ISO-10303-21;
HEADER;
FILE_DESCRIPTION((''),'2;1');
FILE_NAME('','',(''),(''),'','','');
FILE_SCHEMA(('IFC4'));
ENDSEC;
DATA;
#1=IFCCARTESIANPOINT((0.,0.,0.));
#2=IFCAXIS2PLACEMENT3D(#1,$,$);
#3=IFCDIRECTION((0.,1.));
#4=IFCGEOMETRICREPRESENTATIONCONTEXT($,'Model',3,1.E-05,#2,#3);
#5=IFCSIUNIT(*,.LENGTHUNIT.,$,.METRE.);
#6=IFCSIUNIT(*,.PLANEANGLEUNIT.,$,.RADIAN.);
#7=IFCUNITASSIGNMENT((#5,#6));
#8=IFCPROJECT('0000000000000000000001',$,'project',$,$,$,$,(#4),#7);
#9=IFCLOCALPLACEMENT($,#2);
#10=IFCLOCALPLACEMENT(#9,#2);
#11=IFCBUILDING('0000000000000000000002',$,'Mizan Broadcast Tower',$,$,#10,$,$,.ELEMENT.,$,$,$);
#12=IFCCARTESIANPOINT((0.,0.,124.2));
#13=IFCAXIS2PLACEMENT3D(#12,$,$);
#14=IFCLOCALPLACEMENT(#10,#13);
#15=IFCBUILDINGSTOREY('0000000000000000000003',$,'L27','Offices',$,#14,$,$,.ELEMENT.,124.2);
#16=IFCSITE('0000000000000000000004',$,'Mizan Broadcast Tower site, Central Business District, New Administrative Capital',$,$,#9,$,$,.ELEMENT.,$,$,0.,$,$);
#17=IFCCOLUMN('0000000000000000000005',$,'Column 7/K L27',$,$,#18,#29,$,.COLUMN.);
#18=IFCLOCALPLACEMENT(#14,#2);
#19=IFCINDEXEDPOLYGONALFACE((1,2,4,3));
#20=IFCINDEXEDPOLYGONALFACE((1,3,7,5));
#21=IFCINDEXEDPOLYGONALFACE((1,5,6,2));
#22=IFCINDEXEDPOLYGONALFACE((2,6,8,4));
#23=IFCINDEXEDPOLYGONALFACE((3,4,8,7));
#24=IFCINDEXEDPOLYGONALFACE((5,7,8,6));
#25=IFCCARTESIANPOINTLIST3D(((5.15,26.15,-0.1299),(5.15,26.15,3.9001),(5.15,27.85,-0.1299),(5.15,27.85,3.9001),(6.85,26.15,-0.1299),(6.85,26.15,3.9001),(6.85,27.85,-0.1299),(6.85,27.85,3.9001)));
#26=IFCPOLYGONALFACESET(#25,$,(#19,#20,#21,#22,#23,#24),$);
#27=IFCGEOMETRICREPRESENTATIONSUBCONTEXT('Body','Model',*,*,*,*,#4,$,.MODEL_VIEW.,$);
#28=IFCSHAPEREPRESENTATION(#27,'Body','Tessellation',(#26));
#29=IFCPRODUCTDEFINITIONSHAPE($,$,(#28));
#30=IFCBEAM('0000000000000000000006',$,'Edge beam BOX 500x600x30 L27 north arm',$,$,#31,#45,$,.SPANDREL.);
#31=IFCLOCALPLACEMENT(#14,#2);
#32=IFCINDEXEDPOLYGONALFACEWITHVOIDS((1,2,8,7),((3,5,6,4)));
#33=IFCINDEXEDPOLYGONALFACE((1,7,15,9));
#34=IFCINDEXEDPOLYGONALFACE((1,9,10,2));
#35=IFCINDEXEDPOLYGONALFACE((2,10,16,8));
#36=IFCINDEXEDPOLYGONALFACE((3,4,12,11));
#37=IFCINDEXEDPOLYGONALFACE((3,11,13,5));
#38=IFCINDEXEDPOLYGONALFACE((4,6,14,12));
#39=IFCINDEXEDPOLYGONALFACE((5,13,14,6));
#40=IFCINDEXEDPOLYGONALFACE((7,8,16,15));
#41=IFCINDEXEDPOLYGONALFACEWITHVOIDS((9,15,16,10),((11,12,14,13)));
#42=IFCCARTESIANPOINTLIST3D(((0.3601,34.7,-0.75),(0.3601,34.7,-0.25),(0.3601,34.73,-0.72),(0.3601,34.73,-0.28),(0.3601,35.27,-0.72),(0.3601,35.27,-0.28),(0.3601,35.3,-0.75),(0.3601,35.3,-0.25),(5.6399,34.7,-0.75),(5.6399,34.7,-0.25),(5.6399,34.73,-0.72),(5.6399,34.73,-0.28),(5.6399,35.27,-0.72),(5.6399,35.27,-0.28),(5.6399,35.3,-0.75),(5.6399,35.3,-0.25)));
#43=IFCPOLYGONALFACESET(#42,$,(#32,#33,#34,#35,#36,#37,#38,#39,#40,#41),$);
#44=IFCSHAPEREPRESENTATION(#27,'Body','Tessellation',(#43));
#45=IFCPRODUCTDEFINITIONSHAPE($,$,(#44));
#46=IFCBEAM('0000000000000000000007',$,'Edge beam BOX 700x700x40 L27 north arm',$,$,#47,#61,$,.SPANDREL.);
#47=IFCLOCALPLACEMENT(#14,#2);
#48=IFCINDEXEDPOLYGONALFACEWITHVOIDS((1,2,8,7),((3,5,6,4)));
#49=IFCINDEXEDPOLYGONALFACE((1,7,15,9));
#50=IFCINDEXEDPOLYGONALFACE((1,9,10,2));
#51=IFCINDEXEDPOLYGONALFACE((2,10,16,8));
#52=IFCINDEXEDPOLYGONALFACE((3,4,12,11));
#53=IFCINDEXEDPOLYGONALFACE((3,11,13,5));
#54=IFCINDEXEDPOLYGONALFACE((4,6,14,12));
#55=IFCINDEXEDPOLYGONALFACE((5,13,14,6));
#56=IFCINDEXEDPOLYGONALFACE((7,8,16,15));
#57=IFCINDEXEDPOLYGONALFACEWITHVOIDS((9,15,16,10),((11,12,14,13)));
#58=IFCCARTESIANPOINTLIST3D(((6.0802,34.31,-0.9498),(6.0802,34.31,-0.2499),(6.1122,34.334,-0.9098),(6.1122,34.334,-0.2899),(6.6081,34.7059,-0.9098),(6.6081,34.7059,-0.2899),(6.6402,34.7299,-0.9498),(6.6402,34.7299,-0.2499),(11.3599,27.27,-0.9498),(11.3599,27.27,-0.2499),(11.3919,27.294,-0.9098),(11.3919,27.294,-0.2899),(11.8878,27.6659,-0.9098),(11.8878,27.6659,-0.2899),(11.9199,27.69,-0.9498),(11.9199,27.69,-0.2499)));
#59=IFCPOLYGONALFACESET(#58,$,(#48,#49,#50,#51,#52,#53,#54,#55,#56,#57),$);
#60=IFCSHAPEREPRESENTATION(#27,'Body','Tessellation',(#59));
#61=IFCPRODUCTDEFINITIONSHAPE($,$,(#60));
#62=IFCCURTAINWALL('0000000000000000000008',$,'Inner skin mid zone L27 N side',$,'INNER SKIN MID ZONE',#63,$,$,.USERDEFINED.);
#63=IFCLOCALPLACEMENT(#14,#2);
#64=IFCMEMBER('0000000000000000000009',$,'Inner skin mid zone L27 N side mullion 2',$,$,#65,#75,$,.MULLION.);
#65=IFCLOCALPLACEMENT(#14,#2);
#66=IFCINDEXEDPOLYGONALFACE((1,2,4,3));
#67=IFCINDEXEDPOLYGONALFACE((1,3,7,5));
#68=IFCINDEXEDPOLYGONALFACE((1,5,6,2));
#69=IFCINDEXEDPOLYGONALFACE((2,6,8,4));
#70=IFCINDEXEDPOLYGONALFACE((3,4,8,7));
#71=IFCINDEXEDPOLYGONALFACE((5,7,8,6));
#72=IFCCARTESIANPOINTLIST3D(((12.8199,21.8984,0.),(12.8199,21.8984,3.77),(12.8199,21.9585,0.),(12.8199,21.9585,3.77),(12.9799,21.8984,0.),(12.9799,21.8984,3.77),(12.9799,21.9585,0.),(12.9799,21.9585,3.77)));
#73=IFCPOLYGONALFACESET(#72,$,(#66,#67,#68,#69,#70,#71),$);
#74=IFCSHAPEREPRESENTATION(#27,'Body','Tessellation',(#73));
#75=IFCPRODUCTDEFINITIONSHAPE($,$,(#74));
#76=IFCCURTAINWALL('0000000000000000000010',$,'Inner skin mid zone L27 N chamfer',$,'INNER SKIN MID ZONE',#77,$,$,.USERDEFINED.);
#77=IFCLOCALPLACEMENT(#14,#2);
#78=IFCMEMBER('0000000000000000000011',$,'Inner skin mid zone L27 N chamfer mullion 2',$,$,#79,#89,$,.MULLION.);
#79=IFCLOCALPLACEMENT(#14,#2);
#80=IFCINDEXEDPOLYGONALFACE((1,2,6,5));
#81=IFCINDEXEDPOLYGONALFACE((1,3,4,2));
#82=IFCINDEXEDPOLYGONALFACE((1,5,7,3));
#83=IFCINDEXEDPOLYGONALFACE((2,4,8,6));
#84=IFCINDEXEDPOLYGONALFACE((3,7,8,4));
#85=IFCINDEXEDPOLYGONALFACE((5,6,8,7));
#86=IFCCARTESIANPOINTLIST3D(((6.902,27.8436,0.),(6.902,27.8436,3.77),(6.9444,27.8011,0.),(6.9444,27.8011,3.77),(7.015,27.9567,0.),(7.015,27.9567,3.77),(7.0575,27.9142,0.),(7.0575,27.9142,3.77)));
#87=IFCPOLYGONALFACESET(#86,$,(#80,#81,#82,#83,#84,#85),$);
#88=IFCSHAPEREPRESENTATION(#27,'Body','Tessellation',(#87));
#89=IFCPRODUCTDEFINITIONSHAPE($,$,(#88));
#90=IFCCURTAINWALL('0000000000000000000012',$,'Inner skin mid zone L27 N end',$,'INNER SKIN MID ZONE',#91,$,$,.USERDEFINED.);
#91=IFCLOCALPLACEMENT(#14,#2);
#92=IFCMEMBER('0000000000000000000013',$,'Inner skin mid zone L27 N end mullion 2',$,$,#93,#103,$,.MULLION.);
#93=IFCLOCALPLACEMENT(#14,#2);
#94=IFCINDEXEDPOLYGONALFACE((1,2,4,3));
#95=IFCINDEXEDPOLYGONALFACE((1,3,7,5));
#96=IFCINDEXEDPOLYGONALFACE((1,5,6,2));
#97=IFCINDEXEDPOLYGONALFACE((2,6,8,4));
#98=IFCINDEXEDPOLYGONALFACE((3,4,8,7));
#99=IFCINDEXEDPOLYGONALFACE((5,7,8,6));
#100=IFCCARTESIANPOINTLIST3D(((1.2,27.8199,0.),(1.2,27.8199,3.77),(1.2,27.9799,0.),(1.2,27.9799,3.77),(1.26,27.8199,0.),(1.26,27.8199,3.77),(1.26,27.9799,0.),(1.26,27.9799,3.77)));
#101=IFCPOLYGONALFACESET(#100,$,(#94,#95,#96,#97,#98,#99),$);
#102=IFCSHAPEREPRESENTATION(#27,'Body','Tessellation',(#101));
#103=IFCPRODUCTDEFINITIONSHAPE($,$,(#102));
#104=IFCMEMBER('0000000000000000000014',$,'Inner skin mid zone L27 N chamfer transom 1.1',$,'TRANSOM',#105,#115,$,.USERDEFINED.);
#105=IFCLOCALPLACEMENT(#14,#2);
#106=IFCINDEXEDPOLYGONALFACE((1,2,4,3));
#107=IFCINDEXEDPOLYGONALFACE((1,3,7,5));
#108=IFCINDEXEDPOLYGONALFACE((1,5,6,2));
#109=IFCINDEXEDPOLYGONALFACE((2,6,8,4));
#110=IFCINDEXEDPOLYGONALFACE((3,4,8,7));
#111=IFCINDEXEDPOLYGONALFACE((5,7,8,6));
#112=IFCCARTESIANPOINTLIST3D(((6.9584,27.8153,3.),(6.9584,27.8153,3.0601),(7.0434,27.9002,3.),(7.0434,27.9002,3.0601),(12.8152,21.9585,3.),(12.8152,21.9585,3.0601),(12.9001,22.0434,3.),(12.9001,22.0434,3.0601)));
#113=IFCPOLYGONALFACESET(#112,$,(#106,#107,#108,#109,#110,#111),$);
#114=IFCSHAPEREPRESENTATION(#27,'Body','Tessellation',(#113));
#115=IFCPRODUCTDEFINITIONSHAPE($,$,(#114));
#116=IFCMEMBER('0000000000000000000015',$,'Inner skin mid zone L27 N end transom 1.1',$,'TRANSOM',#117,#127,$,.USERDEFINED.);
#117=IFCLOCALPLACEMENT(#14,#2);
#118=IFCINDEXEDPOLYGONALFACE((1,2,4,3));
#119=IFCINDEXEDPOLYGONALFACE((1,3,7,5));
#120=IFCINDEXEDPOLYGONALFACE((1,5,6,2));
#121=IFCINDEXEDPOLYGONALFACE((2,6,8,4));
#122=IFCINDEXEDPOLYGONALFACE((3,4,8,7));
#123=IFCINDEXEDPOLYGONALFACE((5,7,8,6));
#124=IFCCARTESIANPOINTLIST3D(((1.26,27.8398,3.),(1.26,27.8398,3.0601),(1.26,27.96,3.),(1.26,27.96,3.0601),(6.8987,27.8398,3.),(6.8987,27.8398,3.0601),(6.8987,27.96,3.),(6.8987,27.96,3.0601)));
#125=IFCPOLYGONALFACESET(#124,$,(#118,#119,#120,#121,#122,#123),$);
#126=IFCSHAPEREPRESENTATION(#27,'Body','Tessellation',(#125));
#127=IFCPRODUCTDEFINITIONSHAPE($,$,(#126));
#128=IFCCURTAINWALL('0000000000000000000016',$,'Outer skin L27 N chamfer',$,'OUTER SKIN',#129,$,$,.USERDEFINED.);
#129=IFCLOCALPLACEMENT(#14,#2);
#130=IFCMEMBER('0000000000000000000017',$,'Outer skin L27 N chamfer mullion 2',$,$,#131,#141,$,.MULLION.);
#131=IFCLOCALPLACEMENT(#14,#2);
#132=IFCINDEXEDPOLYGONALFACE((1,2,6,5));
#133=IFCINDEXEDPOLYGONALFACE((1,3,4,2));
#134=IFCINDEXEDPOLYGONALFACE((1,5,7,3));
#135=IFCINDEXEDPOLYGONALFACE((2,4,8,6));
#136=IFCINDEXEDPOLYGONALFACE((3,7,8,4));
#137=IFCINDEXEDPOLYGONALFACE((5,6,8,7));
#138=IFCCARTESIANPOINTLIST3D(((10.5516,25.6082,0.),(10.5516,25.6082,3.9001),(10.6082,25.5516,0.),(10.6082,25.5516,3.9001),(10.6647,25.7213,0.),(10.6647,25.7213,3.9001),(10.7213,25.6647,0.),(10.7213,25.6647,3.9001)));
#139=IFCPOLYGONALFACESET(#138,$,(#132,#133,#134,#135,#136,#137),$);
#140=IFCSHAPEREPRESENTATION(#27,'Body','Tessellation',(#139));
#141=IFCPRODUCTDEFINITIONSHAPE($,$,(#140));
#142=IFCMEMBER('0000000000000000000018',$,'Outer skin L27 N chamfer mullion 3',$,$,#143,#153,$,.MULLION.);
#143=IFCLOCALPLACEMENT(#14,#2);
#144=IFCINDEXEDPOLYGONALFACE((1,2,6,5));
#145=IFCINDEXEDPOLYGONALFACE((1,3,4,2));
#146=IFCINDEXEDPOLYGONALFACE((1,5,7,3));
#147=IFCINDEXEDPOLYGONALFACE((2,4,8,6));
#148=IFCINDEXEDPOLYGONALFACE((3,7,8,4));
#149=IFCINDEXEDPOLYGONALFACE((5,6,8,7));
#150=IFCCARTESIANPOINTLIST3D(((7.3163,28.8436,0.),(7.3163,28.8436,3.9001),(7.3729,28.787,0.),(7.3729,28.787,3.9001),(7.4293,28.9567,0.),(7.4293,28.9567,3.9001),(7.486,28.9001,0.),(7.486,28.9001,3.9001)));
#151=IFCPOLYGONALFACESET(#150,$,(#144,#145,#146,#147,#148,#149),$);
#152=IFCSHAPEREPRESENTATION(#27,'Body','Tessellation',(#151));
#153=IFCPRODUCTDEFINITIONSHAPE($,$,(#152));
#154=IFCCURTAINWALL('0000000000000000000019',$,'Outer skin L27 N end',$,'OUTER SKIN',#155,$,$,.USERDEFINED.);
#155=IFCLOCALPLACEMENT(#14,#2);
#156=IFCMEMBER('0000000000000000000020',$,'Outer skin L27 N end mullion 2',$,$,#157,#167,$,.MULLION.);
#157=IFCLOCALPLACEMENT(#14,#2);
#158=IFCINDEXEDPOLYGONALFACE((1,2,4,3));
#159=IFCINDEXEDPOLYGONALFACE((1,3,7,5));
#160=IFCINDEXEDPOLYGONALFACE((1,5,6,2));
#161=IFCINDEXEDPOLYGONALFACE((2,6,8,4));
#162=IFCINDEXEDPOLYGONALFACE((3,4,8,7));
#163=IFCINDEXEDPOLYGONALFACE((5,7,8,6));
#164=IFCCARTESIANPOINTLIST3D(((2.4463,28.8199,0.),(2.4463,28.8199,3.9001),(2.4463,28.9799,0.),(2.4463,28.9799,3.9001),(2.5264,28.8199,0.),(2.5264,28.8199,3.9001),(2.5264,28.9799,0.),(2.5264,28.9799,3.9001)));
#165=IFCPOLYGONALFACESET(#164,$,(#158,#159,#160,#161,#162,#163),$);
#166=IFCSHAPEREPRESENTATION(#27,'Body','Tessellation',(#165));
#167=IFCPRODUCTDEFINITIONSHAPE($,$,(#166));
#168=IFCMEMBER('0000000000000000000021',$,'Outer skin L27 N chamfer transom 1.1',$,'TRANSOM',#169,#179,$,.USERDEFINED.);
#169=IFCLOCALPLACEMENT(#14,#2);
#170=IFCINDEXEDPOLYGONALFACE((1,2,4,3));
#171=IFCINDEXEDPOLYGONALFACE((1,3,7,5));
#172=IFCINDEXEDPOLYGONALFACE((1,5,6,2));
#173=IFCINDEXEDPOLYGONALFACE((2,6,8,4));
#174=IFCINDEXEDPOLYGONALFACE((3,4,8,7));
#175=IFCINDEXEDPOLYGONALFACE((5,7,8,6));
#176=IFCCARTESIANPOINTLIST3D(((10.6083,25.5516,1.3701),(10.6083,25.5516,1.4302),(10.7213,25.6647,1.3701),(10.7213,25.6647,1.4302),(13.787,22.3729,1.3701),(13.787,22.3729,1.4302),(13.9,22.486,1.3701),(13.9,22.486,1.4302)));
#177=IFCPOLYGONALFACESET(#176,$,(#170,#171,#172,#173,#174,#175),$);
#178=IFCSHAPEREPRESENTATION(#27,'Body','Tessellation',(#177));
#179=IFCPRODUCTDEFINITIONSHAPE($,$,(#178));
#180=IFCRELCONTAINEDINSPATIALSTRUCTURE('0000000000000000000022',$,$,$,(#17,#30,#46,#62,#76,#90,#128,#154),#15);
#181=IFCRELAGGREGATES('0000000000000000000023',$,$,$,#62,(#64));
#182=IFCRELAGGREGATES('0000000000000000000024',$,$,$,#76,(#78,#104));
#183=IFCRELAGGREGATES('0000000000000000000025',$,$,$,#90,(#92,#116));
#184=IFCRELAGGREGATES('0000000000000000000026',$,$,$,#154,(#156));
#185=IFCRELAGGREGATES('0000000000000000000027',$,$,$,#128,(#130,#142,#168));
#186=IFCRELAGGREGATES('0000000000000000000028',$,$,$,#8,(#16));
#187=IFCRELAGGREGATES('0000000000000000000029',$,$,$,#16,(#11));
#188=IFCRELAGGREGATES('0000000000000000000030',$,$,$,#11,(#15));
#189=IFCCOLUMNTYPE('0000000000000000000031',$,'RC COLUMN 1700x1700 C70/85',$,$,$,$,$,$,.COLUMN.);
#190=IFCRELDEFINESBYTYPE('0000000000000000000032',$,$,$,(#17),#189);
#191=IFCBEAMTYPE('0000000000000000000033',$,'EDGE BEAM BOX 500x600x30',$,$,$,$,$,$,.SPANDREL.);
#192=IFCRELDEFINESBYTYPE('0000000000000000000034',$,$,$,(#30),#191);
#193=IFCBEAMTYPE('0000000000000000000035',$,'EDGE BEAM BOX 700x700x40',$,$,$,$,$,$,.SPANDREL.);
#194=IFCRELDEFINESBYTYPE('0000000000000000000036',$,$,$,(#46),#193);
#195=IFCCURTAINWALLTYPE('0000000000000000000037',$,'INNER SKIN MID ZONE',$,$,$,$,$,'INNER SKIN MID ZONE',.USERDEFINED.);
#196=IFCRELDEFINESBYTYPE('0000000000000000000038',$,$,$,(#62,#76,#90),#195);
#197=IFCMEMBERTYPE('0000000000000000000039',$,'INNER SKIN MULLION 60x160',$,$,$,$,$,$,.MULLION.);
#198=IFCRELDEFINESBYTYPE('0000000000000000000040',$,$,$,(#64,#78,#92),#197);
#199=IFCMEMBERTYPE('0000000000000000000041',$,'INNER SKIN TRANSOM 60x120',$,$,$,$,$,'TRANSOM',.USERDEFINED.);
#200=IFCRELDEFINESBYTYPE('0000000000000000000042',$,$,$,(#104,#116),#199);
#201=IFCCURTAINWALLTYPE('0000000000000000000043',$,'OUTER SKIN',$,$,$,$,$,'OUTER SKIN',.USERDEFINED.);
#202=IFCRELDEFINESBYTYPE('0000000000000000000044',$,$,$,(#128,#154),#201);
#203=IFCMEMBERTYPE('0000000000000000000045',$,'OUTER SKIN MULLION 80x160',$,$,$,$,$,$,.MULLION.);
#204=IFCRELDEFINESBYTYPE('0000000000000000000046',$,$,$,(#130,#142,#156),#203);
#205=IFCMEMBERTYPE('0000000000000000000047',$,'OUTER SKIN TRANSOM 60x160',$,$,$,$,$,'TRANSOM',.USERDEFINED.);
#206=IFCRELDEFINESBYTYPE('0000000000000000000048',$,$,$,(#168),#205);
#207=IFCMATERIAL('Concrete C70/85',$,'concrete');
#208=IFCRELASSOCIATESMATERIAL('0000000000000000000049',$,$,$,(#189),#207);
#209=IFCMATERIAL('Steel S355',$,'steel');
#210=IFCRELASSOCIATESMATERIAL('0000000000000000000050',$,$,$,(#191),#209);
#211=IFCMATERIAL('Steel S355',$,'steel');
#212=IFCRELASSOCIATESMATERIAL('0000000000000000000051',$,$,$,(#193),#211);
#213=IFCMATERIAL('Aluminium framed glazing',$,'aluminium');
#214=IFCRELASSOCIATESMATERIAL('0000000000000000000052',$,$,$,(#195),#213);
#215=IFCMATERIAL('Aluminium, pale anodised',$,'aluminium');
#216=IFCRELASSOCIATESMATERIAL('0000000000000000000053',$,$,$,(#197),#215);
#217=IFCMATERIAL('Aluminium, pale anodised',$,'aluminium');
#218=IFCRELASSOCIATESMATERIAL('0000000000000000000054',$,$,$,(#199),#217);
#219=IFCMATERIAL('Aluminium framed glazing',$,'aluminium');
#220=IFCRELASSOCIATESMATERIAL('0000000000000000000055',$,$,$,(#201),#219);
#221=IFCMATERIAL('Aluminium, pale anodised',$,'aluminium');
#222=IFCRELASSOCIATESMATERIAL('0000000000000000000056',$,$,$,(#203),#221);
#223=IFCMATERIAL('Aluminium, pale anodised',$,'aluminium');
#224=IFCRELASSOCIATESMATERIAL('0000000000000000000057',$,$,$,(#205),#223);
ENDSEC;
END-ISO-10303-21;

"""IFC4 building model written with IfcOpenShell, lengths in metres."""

from ifc_helpers import new_model, si_unit, direction, frame, origin, origin_2d, place, context, subcontext, project, spatial, rectangle, hollow_rectangle, extrude, material, material_profile, profile_set, type_object, element, aggregate, save


model = new_model("IFC4")

# Units and contexts
model_context = context("Model", 3, precision=1e-05, world=origin(), true_north=direction((0.0, 1.0)))
body_context = subcontext(model_context, "Body", "Model", "MODEL_VIEW")
ifc_project = project(units=[si_unit("LENGTHUNIT", "METRE"), si_unit("PLANEANGLEUNIT", "RADIAN")], contexts=[model_context])

# Site, building, storey
site_placement = place(None, origin())
site = spatial("IfcSite", under=ifc_project, at=site_placement, Name="Mizan Broadcast Tower site, Central Business District, New Administrative Capital", CompositionType="ELEMENT", RefElevation=0.0)
building_placement = place(site_placement, origin())
building = spatial("IfcBuilding", under=site, at=building_placement, Name="Mizan Broadcast Tower", CompositionType="ELEMENT")
storey_placement = place(building_placement, frame((0.0, 0.0, 124.2)))
storey = spatial("IfcBuildingStorey", under=building, at=storey_placement, Name="L27", Description="Offices", CompositionType="ELEMENT", Elevation=124.2)

# Column
ifc_material_1 = material(Name="Concrete C70/85", Category="concrete")
ifc_material_profile_1 = material_profile(ifc_material_1, rectangle(XDim=1.7, YDim=1.7, at=origin_2d()), Name="RC 1700x1700")
ifc_profile_set_1 = profile_set([ifc_material_profile_1], Name="Concrete C70/85")
column_type = type_object("IfcColumnType", Name="RC COLUMN 1700x1700 C70/85", PredefinedType="COLUMN", material=ifc_profile_set_1)
column_placement = place(storey_placement, frame((6.0, 27.0, -0.1299), z_axis=(0.0, 0.0, 1.0), x_axis=(1.0, 0.0, 0.0)))
element("IfcColumn", 1, at=column_placement, inside=storey, type_object=column_type, Name="Column 7/K L27", PredefinedType="COLUMN", context=body_context, shape_type="SweptSolid", body=[
    extrude(rectangle(XDim=1.7, YDim=1.7, at=origin_2d()), origin(), (0.0, 0.0, 1.0), 4.03),
])

# Beams
ifc_material_2 = material(Name="Steel S355", Category="steel")
ifc_material_profile_2 = material_profile(ifc_material_2, hollow_rectangle(XDim=0.6001, YDim=0.5, WallThickness=0.03, at=origin_2d()), Name="BOX 500x600x30")
ifc_profile_set_2 = profile_set([ifc_material_profile_2], Name="Steel S355")
beam_type_1 = type_object("IfcBeamType", Name="EDGE BEAM BOX 500x600x30", PredefinedType="SPANDREL", material=ifc_profile_set_2)
beam_1_placement = place(storey_placement, frame((5.6399, 35.0, -0.5), z_axis=(-1.0, 0.0, 0.0), x_axis=(0.0, -1.0, 0.0)))
element("IfcBeam", 2, at=beam_1_placement, inside=storey, type_object=beam_type_1, Name="Edge beam BOX 500x600x30 L27 north arm", PredefinedType="SPANDREL", context=body_context, shape_type="SweptSolid", body=[
    extrude(hollow_rectangle(XDim=0.6001, YDim=0.5, WallThickness=0.03, at=origin_2d()), origin(), (0.0, 0.0, 1.0), 5.2798),
])
ifc_material_3 = material(Name="Steel S355", Category="steel")
ifc_material_profile_3 = material_profile(ifc_material_3, hollow_rectangle(XDim=0.7, YDim=0.7, WallThickness=0.04, at=origin_2d()), Name="BOX 700x700x40")
ifc_profile_set_3 = profile_set([ifc_material_profile_3], Name="Steel S355")
beam_type_2 = type_object("IfcBeamType", Name="EDGE BEAM BOX 700x700x40", PredefinedType="SPANDREL", material=ifc_profile_set_3)
beam_2_placement = place(storey_placement, frame((11.6399, 27.48, -0.5999), z_axis=(-0.599982, 0.800013, 0.0), x_axis=(-0.800013, -0.599982, 0.0)))
element("IfcBeam", 3, at=beam_2_placement, inside=storey, type_object=beam_type_2, Name="Edge beam BOX 700x700x40 L27 north arm", PredefinedType="SPANDREL", context=body_context, shape_type="SweptSolid", body=[
    extrude(hollow_rectangle(XDim=0.7, YDim=0.7, WallThickness=0.04, at=origin_2d()), origin(), (0.0, 0.0, 1.0), 8.7998),
])

# Curtain walls, members
ifc_material_4 = material(Name="Aluminium framed glazing", Category="aluminium")
curtain_wall_type_1 = type_object("IfcCurtainWallType", Name="INNER SKIN MID ZONE", ElementType="INNER SKIN MID ZONE", PredefinedType="USERDEFINED", material=ifc_material_4)
curtain_wall_1_placement = place(storey_placement, origin())
curtain_wall_1 = element("IfcCurtainWall", 4, at=curtain_wall_1_placement, inside=storey, type_object=curtain_wall_type_1, Name="Inner skin mid zone L27 N side", ObjectType="INNER SKIN MID ZONE", PredefinedType="USERDEFINED")
ifc_material_5 = material(Name="Aluminium, pale anodised", Category="aluminium")
ifc_material_profile_4 = material_profile(ifc_material_5, rectangle(XDim=0.1599, YDim=0.0601, at=origin_2d()), Name="MULLION 160x60")
ifc_profile_set_4 = profile_set([ifc_material_profile_4], Name="Aluminium, pale anodised")
member_type_1 = type_object("IfcMemberType", Name="INNER SKIN MULLION 60x160", PredefinedType="MULLION", material=ifc_profile_set_4)
member_1_placement = place(storey_placement, frame((12.8999, 21.9285, 0.0), z_axis=(0.0, 0.0, 1.0), x_axis=(-1.0, 0.0, 0.0)))
member_1 = element("IfcMember", 5, at=member_1_placement, type_object=member_type_1, Name="Inner skin mid zone L27 N side mullion 2", PredefinedType="MULLION", context=body_context, shape_type="SweptSolid", body=[
    extrude(rectangle(XDim=0.1599, YDim=0.0601, at=origin_2d()), origin(), (0.0, 0.0, 1.0), 3.77),
])
curtain_wall_2_placement = place(storey_placement, origin())
curtain_wall_2 = element("IfcCurtainWall", 6, at=curtain_wall_2_placement, inside=storey, type_object=curtain_wall_type_1, Name="Inner skin mid zone L27 N chamfer", ObjectType="INNER SKIN MID ZONE", PredefinedType="USERDEFINED")
member_2_placement = place(storey_placement, frame((6.9797, 27.8789, 0.0), z_axis=(0.0, 0.0, 1.0), x_axis=(-0.707107, -0.707107, 0.0)))
member_2 = element("IfcMember", 7, at=member_2_placement, type_object=member_type_1, Name="Inner skin mid zone L27 N chamfer mullion 2", PredefinedType="MULLION", context=body_context, shape_type="SweptSolid", body=[
    extrude(rectangle(XDim=0.1599, YDim=0.0601, at=origin_2d()), origin(), (0.0, 0.0, 1.0), 3.77),
])
curtain_wall_3_placement = place(storey_placement, origin())
curtain_wall_3 = element("IfcCurtainWall", 8, at=curtain_wall_3_placement, inside=storey, type_object=curtain_wall_type_1, Name="Inner skin mid zone L27 N end", ObjectType="INNER SKIN MID ZONE", PredefinedType="USERDEFINED")
member_3_placement = place(storey_placement, frame((1.23, 27.8999, 0.0), z_axis=(0.0, 0.0, 1.0), x_axis=(0.0, -1.0, 0.0)))
member_3 = element("IfcMember", 9, at=member_3_placement, type_object=member_type_1, Name="Inner skin mid zone L27 N end mullion 2", PredefinedType="MULLION", context=body_context, shape_type="SweptSolid", body=[
    extrude(rectangle(XDim=0.1599, YDim=0.0601, at=origin_2d()), origin(), (0.0, 0.0, 1.0), 3.77),
])

# Members
ifc_material_6 = material(Name="Aluminium, pale anodised", Category="aluminium")
ifc_material_profile_5 = material_profile(ifc_material_6, rectangle(XDim=0.1201, YDim=0.0601, at=origin_2d()), Name="TRANSOM 120x60")
ifc_profile_set_5 = profile_set([ifc_material_profile_5], Name="Aluminium, pale anodised")
member_type_2 = type_object("IfcMemberType", Name="INNER SKIN TRANSOM 60x120", ElementType="TRANSOM", PredefinedType="USERDEFINED", material=ifc_profile_set_5)
member_4_placement = place(storey_placement, frame((12.8577, 22.001, 3.03), z_axis=(-0.707107, 0.707107, 0.0), x_axis=(-0.707107, -0.707107, 0.0)))
member_4 = element("IfcMember", 10, at=member_4_placement, type_object=member_type_2, Name="Inner skin mid zone L27 N chamfer transom 1.1", ObjectType="TRANSOM", PredefinedType="USERDEFINED", context=body_context, shape_type="SweptSolid", body=[
    extrude(rectangle(XDim=0.1201, YDim=0.0601, at=origin_2d()), origin(), (0.0, 0.0, 1.0), 8.2827),
])
member_5_placement = place(storey_placement, frame((6.8987, 27.8999, 3.03), z_axis=(-1.0, 0.0, 0.0), x_axis=(0.0, -1.0, 0.0)))
member_5 = element("IfcMember", 11, at=member_5_placement, type_object=member_type_2, Name="Inner skin mid zone L27 N end transom 1.1", ObjectType="TRANSOM", PredefinedType="USERDEFINED", context=body_context, shape_type="SweptSolid", body=[
    extrude(rectangle(XDim=0.1201, YDim=0.0601, at=origin_2d()), origin(), (0.0, 0.0, 1.0), 5.6387),
])

# Curtain wall, members
ifc_material_7 = material(Name="Aluminium framed glazing", Category="aluminium")
curtain_wall_type_2 = type_object("IfcCurtainWallType", Name="OUTER SKIN", ElementType="OUTER SKIN", PredefinedType="USERDEFINED", material=ifc_material_7)
curtain_wall_4_placement = place(storey_placement, origin())
curtain_wall_4 = element("IfcCurtainWall", 12, at=curtain_wall_4_placement, inside=storey, type_object=curtain_wall_type_2, Name="Outer skin L27 N chamfer", ObjectType="OUTER SKIN", PredefinedType="USERDEFINED")
ifc_material_8 = material(Name="Aluminium, pale anodised", Category="aluminium")
ifc_material_profile_6 = material_profile(ifc_material_8, rectangle(XDim=0.1599, YDim=0.0801, at=origin_2d()), Name="MULLION 160x80")
ifc_profile_set_6 = profile_set([ifc_material_profile_6], Name="Aluminium, pale anodised")
member_type_3 = type_object("IfcMemberType", Name="OUTER SKIN MULLION 80x160", PredefinedType="MULLION", material=ifc_profile_set_6)
member_6_placement = place(storey_placement, frame((10.6365, 25.6365, 0.0), z_axis=(0.0, 0.0, 1.0), x_axis=(-0.707107, -0.707107, 0.0)))
member_6 = element("IfcMember", 13, at=member_6_placement, type_object=member_type_3, Name="Outer skin L27 N chamfer mullion 2", PredefinedType="MULLION", context=body_context, shape_type="SweptSolid", body=[
    extrude(rectangle(XDim=0.1599, YDim=0.0801, at=origin_2d()), origin(), (0.0, 0.0, 1.0), 3.9001),
])
member_7_placement = place(storey_placement, frame((7.4011, 28.8718, 0.0), z_axis=(0.0, 0.0, 1.0), x_axis=(-0.707107, -0.707107, 0.0)))
member_7 = element("IfcMember", 14, at=member_7_placement, type_object=member_type_3, Name="Outer skin L27 N chamfer mullion 3", PredefinedType="MULLION", context=body_context, shape_type="SweptSolid", body=[
    extrude(rectangle(XDim=0.1599, YDim=0.0801, at=origin_2d()), origin(), (0.0, 0.0, 1.0), 3.9001),
])

# Curtain wall, member
curtain_wall_5_placement = place(storey_placement, origin())
curtain_wall_5 = element("IfcCurtainWall", 15, at=curtain_wall_5_placement, inside=storey, type_object=curtain_wall_type_2, Name="Outer skin L27 N end", ObjectType="OUTER SKIN", PredefinedType="USERDEFINED")
member_8_placement = place(storey_placement, frame((2.4863, 28.8999, 0.0), z_axis=(0.0, 0.0, 1.0), x_axis=(0.0, -1.0, 0.0)))
member_8 = element("IfcMember", 16, at=member_8_placement, type_object=member_type_3, Name="Outer skin L27 N end mullion 2", PredefinedType="MULLION", context=body_context, shape_type="SweptSolid", body=[
    extrude(rectangle(XDim=0.1599, YDim=0.0801, at=origin_2d()), origin(), (0.0, 0.0, 1.0), 3.9001),
])

# Member
ifc_material_9 = material(Name="Aluminium, pale anodised", Category="aluminium")
ifc_material_profile_7 = material_profile(ifc_material_9, rectangle(XDim=0.1599, YDim=0.0601, at=origin_2d()), Name="TRANSOM 160x60")
ifc_profile_set_7 = profile_set([ifc_material_profile_7], Name="Aluminium, pale anodised")
member_type_4 = type_object("IfcMemberType", Name="OUTER SKIN TRANSOM 60x160", ElementType="TRANSOM", PredefinedType="USERDEFINED", material=ifc_profile_set_7)
member_9_placement = place(storey_placement, frame((13.8435, 22.4294, 1.4001), z_axis=(-0.707107, 0.707107, 0.0), x_axis=(-0.707107, -0.707107, 0.0)))
member_9 = element("IfcMember", 17, at=member_9_placement, type_object=member_type_4, Name="Outer skin L27 N chamfer transom 1.1", ObjectType="TRANSOM", PredefinedType="USERDEFINED", context=body_context, shape_type="SweptSolid", body=[
    extrude(rectangle(XDim=0.1599, YDim=0.0601, at=origin_2d()), origin(), (0.0, 0.0, 1.0), 4.4954),
])

aggregate(curtain_wall_1, [member_1])
aggregate(curtain_wall_2, [member_2, member_4])
aggregate(curtain_wall_3, [member_3, member_5])

aggregate(curtain_wall_5, [member_8])
aggregate(curtain_wall_4, [member_6, member_7, member_9])

save(model, "model.ifc")
